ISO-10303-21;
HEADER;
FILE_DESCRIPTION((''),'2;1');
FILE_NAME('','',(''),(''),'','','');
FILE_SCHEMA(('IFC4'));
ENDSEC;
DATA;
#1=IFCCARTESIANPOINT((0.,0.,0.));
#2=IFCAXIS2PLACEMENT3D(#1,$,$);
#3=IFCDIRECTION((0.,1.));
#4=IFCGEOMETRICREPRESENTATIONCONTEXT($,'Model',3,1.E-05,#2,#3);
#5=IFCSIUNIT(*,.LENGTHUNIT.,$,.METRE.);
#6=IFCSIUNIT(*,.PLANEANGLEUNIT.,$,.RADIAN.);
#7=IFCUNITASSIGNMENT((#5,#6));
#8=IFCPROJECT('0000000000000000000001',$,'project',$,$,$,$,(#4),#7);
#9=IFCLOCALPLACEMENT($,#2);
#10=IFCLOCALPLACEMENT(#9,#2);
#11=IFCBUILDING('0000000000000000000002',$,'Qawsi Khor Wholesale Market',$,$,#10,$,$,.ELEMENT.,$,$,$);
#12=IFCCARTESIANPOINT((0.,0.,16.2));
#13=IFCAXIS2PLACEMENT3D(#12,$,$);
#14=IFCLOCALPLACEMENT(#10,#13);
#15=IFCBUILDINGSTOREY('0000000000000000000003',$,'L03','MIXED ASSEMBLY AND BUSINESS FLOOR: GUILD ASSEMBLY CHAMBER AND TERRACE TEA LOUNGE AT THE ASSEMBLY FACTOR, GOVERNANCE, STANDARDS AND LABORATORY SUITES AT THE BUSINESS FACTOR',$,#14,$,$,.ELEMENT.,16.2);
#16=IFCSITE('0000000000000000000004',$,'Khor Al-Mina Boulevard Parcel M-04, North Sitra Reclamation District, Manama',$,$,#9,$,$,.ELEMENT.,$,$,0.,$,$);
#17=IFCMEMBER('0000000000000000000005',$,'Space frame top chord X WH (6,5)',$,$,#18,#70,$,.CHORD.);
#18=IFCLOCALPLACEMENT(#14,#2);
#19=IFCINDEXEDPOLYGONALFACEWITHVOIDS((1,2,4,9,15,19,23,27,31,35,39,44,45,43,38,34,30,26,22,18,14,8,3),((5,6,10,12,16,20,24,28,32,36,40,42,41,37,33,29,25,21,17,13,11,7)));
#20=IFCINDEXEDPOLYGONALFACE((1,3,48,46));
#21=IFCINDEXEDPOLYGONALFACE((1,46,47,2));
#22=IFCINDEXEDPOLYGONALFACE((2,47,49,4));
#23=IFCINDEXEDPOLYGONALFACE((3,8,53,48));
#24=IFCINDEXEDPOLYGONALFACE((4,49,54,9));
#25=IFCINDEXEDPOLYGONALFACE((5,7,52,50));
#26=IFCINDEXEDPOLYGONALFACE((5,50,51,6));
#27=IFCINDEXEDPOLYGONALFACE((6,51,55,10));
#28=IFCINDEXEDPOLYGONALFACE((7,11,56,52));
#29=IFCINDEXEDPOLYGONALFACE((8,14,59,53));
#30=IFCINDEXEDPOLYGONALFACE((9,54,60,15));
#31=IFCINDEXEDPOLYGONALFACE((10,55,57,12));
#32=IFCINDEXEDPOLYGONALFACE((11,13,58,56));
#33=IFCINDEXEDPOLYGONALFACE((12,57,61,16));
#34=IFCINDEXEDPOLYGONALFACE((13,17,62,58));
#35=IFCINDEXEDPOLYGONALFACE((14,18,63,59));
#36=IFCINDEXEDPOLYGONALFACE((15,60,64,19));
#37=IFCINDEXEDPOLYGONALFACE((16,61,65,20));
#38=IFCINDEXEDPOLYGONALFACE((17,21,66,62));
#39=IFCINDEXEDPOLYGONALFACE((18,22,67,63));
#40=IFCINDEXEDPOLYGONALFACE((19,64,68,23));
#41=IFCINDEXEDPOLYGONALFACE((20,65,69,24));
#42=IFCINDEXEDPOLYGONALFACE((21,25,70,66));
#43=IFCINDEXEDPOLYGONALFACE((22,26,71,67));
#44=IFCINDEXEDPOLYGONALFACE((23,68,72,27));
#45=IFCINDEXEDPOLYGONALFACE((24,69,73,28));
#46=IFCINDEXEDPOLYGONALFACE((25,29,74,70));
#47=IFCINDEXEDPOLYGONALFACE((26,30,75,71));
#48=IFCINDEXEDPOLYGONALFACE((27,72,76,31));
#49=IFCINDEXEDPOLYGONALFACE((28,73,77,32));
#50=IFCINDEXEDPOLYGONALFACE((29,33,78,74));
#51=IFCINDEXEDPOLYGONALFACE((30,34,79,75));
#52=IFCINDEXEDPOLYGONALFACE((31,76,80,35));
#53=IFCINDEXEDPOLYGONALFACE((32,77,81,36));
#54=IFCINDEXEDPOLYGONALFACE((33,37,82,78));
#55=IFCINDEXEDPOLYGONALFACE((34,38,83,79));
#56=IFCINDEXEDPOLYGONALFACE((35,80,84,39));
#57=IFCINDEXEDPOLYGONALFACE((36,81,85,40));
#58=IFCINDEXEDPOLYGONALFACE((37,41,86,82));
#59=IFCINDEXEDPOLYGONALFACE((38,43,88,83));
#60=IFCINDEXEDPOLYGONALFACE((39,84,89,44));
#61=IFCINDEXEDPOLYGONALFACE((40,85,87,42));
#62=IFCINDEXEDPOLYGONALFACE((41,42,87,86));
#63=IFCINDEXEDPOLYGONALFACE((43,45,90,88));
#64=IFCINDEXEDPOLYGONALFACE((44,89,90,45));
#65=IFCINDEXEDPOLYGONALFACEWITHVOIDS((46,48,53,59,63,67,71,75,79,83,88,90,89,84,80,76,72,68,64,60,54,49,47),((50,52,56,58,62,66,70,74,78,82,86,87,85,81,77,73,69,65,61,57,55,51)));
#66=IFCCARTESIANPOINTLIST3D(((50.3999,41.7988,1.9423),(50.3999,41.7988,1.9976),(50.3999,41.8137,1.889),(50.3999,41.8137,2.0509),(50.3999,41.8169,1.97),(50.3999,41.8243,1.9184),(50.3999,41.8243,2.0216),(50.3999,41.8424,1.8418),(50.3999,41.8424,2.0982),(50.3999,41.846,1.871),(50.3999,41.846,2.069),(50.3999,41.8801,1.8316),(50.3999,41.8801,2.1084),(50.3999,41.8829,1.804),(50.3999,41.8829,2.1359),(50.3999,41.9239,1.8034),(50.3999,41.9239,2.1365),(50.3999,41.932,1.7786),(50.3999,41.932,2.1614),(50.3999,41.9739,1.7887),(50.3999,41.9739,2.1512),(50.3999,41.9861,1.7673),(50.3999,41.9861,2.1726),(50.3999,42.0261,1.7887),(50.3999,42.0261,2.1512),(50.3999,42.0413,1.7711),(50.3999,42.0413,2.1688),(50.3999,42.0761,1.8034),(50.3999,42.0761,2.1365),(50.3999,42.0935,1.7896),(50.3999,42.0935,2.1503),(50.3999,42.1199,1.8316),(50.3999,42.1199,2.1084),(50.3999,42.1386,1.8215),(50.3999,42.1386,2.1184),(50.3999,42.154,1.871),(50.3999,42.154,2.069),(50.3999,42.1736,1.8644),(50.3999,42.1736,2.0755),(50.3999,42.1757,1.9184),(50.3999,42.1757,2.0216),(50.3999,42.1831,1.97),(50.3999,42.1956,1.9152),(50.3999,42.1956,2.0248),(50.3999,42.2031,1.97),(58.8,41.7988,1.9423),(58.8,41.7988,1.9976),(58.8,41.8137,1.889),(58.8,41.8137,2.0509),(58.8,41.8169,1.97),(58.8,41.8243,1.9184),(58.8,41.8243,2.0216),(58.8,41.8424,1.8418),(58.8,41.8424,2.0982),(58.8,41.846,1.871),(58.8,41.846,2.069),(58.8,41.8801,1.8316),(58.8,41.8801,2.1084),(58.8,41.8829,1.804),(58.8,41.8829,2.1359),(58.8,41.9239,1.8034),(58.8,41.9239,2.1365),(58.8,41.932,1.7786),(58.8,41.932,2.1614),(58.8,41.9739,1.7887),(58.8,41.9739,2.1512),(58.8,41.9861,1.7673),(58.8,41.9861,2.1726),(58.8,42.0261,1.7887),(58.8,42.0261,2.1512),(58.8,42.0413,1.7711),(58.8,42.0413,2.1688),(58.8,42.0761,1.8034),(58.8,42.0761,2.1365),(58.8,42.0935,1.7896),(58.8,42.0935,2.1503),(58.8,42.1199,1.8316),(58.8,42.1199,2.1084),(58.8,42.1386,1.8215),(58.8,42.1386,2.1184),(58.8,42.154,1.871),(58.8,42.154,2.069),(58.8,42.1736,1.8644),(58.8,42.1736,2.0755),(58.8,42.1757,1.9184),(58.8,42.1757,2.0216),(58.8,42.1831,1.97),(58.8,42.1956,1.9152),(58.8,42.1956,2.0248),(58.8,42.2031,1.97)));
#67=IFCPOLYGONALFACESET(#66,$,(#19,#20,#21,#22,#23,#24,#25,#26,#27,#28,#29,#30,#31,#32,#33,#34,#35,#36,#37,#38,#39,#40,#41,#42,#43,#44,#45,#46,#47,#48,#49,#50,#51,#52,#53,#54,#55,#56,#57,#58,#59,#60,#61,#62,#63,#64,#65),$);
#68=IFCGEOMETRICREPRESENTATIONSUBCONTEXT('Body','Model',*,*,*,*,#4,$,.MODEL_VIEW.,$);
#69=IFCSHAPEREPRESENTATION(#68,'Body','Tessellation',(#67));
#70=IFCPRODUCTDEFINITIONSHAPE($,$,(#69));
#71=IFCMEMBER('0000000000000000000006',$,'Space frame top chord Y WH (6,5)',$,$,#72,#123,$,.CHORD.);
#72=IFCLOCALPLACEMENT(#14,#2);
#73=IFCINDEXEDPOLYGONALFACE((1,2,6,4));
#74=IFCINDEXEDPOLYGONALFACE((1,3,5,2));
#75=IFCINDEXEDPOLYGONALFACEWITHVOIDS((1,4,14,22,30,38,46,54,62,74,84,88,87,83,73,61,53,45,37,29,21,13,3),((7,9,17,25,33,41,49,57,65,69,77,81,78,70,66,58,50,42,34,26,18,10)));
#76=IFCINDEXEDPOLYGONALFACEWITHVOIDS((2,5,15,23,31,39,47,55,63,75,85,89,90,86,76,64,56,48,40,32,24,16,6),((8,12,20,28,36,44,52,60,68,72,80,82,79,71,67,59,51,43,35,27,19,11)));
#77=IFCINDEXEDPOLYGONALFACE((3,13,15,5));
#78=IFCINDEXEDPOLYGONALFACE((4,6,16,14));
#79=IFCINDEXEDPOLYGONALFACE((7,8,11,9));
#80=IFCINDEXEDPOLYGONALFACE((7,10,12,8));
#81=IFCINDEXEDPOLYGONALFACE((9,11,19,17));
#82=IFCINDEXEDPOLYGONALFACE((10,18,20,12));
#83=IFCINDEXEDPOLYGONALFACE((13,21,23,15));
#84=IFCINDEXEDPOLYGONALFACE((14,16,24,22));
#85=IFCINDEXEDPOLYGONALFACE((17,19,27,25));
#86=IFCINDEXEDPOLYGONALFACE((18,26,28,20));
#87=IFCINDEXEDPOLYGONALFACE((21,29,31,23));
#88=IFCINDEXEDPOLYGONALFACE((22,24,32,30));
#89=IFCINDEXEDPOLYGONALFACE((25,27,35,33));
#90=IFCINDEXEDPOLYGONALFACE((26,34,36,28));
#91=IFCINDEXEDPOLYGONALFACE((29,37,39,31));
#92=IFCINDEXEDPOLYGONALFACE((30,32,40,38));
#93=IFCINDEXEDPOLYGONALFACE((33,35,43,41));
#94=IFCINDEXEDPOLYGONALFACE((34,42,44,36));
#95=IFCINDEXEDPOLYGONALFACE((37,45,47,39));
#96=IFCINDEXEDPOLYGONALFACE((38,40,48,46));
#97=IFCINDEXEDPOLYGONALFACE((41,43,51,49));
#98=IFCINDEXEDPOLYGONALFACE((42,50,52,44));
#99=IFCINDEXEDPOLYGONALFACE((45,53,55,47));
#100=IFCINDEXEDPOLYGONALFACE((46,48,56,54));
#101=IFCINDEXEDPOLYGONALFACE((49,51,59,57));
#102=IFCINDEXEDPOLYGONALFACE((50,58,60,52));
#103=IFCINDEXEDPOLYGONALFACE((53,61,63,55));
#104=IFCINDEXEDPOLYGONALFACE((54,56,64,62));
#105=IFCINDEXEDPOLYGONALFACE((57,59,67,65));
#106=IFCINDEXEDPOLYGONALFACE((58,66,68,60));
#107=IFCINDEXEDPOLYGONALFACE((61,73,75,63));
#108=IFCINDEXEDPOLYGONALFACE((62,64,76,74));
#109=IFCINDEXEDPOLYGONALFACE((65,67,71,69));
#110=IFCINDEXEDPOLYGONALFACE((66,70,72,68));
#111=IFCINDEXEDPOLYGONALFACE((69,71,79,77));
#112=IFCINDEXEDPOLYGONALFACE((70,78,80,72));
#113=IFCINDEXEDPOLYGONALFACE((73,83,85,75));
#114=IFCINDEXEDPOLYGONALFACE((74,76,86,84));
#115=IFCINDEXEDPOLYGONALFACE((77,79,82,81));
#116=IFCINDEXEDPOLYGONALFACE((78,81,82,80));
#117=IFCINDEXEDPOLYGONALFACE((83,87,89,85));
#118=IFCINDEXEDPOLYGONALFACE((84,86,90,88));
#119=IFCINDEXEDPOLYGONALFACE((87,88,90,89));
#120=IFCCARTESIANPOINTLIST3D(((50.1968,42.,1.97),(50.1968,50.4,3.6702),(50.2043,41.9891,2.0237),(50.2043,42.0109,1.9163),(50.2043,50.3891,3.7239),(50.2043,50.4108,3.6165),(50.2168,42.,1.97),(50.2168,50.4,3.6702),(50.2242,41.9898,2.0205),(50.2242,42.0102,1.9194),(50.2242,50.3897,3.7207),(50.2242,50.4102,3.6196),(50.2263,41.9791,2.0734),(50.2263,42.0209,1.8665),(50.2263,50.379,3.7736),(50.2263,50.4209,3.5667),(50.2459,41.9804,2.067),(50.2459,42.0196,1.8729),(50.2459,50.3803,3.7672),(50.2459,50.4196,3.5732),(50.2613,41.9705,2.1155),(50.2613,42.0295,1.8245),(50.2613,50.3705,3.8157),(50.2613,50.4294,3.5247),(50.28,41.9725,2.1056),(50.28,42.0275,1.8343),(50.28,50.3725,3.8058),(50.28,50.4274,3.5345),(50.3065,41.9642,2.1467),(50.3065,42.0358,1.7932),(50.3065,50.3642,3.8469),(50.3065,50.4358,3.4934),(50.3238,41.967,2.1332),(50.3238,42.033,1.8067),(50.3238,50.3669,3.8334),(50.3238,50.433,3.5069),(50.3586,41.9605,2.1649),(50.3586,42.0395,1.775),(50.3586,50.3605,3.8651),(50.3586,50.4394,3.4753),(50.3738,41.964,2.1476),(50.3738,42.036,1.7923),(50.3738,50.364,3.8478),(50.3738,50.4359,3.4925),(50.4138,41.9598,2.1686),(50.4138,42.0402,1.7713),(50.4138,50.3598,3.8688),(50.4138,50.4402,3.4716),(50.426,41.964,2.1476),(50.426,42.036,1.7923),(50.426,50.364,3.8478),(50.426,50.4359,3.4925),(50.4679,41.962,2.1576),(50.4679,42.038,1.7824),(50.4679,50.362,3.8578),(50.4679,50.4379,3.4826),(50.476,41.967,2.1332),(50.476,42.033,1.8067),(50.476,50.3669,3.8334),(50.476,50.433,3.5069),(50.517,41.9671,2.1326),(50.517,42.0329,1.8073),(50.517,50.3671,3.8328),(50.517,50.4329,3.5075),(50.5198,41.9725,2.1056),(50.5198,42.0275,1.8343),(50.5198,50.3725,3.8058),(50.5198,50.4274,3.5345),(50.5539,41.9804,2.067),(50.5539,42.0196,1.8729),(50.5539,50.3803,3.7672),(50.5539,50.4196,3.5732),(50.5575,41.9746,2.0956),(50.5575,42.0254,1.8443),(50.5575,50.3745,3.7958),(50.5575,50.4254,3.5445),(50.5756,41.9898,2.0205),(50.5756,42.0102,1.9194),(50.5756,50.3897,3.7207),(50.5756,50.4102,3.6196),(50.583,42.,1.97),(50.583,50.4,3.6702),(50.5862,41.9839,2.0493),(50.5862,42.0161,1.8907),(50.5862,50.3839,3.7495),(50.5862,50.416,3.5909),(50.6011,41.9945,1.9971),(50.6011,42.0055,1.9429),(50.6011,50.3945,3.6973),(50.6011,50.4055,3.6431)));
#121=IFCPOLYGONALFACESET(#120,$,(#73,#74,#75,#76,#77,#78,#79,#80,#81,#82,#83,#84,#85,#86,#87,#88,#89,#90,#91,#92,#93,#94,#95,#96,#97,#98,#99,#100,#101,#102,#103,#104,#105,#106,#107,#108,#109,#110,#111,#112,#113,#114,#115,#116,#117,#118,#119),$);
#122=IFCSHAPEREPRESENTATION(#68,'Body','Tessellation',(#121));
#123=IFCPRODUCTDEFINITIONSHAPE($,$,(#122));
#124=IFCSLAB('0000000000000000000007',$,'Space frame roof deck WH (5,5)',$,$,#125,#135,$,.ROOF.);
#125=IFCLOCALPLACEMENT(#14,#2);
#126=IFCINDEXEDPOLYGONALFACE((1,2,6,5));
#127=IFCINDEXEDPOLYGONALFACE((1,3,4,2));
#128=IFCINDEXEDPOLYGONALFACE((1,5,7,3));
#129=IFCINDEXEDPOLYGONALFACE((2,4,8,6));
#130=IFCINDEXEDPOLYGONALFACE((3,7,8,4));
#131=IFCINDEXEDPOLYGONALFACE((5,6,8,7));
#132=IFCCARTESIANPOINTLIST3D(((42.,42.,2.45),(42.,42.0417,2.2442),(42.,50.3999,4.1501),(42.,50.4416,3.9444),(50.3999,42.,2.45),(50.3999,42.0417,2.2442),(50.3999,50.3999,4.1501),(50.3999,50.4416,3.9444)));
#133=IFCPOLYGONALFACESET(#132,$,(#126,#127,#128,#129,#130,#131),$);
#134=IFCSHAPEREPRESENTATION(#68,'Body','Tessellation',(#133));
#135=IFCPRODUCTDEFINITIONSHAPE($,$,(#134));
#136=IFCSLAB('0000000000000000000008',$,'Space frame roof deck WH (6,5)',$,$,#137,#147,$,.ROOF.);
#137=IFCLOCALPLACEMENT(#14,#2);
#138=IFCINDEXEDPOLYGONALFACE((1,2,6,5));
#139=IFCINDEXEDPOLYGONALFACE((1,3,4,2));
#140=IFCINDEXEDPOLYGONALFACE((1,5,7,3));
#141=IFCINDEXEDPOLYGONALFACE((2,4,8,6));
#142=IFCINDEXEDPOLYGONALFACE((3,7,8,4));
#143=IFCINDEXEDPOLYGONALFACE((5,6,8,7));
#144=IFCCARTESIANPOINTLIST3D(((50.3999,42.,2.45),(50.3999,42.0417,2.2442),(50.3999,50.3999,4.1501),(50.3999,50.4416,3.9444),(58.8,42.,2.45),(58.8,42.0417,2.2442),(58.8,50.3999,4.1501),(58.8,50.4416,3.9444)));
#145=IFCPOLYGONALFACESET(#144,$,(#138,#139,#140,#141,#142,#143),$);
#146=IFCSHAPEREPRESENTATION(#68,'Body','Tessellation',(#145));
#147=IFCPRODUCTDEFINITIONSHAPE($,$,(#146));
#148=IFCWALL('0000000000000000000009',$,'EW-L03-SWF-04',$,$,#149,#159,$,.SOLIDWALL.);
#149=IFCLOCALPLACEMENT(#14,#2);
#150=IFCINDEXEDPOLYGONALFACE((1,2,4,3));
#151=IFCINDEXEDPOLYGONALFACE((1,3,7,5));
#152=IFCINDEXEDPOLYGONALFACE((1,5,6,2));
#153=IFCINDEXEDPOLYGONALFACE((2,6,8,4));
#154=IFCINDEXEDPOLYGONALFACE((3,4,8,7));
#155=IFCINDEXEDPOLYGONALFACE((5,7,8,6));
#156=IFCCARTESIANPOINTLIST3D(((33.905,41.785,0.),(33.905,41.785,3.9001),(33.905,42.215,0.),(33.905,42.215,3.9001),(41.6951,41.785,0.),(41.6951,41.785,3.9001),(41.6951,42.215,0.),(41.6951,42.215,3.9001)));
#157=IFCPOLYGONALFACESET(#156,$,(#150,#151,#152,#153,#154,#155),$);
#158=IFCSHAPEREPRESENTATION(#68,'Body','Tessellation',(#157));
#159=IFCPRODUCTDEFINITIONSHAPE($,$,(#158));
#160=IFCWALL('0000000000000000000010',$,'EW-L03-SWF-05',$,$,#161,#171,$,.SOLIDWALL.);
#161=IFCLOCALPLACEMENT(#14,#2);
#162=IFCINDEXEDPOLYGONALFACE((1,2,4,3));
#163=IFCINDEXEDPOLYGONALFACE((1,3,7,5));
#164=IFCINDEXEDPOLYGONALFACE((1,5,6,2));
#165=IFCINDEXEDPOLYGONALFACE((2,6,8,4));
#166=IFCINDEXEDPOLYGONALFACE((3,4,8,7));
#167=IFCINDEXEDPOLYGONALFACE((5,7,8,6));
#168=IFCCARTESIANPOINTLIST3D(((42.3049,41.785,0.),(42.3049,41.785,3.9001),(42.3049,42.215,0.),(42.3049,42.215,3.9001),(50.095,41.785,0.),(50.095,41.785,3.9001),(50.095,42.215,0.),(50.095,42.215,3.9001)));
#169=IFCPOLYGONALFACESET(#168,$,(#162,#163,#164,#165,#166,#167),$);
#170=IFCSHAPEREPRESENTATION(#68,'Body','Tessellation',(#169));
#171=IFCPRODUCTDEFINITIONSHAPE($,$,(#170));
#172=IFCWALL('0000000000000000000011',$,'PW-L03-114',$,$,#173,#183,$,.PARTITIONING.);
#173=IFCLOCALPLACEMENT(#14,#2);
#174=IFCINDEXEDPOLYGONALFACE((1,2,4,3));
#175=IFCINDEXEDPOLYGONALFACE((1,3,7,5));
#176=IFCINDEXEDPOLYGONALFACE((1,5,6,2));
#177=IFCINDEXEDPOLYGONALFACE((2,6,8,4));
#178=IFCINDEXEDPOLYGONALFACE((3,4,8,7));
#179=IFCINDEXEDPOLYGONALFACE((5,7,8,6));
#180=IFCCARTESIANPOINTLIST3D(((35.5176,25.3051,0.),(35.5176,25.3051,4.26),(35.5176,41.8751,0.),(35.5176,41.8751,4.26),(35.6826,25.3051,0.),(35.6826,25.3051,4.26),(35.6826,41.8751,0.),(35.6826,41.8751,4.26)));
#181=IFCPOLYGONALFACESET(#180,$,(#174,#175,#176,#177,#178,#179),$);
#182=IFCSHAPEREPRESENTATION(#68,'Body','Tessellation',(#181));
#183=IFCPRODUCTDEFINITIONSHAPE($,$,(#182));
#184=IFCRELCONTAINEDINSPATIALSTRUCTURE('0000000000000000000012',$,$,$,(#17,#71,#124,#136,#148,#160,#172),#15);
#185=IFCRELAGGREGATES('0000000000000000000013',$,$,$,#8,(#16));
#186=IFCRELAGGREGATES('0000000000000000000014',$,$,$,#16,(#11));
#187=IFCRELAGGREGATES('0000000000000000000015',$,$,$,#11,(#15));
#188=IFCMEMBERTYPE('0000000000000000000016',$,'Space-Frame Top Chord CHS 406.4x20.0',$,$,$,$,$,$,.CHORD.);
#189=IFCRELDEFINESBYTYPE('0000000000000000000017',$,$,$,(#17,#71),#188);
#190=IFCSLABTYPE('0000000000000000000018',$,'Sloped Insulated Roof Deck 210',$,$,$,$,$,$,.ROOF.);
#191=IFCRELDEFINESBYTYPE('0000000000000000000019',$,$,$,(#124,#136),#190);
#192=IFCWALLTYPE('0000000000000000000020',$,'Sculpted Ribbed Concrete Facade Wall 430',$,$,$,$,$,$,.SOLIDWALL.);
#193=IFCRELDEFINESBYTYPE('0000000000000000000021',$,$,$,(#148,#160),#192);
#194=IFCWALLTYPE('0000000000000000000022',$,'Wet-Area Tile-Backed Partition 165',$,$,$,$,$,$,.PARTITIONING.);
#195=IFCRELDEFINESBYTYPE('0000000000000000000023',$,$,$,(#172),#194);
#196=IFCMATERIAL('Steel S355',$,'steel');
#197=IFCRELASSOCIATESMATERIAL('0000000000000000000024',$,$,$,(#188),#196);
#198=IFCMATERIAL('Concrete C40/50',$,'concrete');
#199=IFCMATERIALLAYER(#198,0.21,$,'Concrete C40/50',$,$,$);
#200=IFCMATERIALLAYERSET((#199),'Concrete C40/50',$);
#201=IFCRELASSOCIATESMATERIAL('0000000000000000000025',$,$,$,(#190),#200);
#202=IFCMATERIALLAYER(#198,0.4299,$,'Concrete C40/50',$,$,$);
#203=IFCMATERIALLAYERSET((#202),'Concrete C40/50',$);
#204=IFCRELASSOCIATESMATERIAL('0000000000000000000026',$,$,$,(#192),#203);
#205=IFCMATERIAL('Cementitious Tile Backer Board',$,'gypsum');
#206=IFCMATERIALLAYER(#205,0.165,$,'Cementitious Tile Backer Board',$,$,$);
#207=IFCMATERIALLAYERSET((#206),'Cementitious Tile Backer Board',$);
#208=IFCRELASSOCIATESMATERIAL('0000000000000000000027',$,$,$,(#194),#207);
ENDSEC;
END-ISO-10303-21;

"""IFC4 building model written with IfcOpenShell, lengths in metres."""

from ifc_helpers import new_model, si_unit, direction, frame, frame_2d, origin, origin_2d, place, context, subcontext, project, spatial, polyline, rectangle, hollow_circle, outline, extrude, material, layer, layer_set, material_profile, profile_set, type_object, element, save


model = new_model("IFC4")

# Units and contexts
model_context = context("Model", 3, precision=1e-05, world=origin(), true_north=direction((0.0, 1.0)))
body_context = subcontext(model_context, "Body", "Model", "MODEL_VIEW")
ifc_project = project(units=[si_unit("LENGTHUNIT", "METRE"), si_unit("PLANEANGLEUNIT", "RADIAN")], contexts=[model_context])

# Site, building, storey
site_placement = place(None, origin())
site = spatial("IfcSite", under=ifc_project, at=site_placement, Name="Khor Al-Mina Boulevard Parcel M-04, North Sitra Reclamation District, Manama", CompositionType="ELEMENT", RefElevation=0.0)
building_placement = place(site_placement, origin())
building = spatial("IfcBuilding", under=site, at=building_placement, Name="Qawsi Khor Wholesale Market", CompositionType="ELEMENT")
storey_placement = place(building_placement, frame((0.0, 0.0, 16.2)))
storey = spatial("IfcBuildingStorey", under=building, at=storey_placement, Name="L03", Description="MIXED ASSEMBLY AND BUSINESS FLOOR: GUILD ASSEMBLY CHAMBER AND TERRACE TEA LOUNGE AT THE ASSEMBLY FACTOR, GOVERNANCE, STANDARDS AND LABORATORY SUITES AT THE BUSINESS FACTOR", CompositionType="ELEMENT", Elevation=16.2)

# Shared definitions
ifc_material_1 = material(Name="Concrete C40/50", Category="concrete")

# Shared definitions
ifc_material_2 = material(Name="Steel S355", Category="steel")

# Members
ifc_material_profile_1 = material_profile(ifc_material_2, hollow_circle(Radius=0.2031, WallThickness=0.02, at=origin_2d()), Name="CHS 406.4x20.0")
ifc_profile_set_1 = profile_set([ifc_material_profile_1], Name="Steel S355")
member_type_1 = type_object("IfcMemberType", Name="Space-Frame Top Chord CHS 406.4x20.0", PredefinedType="CHORD", material=ifc_profile_set_1)
member_1_placement = place(storey_placement, frame((50.3999, 42.0, 1.97), z_axis=(1.0, 0.0, 0.0), x_axis=(0.0, 1.0, 0.0)))
element("IfcMember", 1, at=member_1_placement, inside=storey, type_object=member_type_1, Name="Space frame top chord X WH (6,5)", PredefinedType="CHORD", context=body_context, shape_type="SweptSolid", body=[
    extrude(hollow_circle(Radius=0.2031, WallThickness=0.02, at=origin_2d()), origin(), (0.0, 0.0, 1.0), 8.4001),
])
member_2_placement = place(storey_placement, frame((50.3999, 42.0, 1.97), z_axis=(0.0, 0.980124, 0.198384), x_axis=(-1.0, 0.0, 0.0)))
element("IfcMember", 2, at=member_2_placement, inside=storey, type_object=member_type_1, Name="Space frame top chord Y WH (6,5)", PredefinedType="CHORD", context=body_context, shape_type="SweptSolid", body=[
    extrude(hollow_circle(Radius=0.2031, WallThickness=0.02, at=origin_2d()), origin(), (0.0, 0.0, 1.0), 8.5703),
])

# Slabs
ifc_layer_1 = layer(ifc_material_1, 0.21, Name="Concrete C40/50")
ifc_layer_set_1 = layer_set([ifc_layer_1], Name="Concrete C40/50")
slab_type = type_object("IfcSlabType", Name="Sloped Insulated Roof Deck 210", PredefinedType="ROOF", material=ifc_layer_set_1)
slab_1_placement = place(storey_placement, frame((42.0, 42.0, 2.45), z_axis=(0.0, -0.198384, 0.980124), x_axis=(1.0, 0.0, 0.0)))
element("IfcSlab", 3, at=slab_1_placement, inside=storey, type_object=slab_type, Name="Space frame roof deck WH (5,5)", PredefinedType="ROOF", context=body_context, shape_type="SweptSolid", body=[
    extrude(outline(polyline([(0.0, 0.0), (8.3999, 0.0), (8.3999, 8.5702), (0.0, 8.5702), (0.0, 0.0)])), origin(), (0.0, 0.0, -1.0), 0.21),
])
slab_2_placement = place(storey_placement, frame((50.3999, 42.0, 2.45), z_axis=(0.0, -0.198384, 0.980124), x_axis=(1.0, 0.0, 0.0)))
element("IfcSlab", 4, at=slab_2_placement, inside=storey, type_object=slab_type, Name="Space frame roof deck WH (6,5)", PredefinedType="ROOF", context=body_context, shape_type="SweptSolid", body=[
    extrude(outline(polyline([(0.0, 0.0), (8.4001, 0.0), (8.4001, 8.5702), (0.0, 8.5702), (0.0, 0.0)])), origin(), (0.0, 0.0, -1.0), 0.21),
])

# Walls
ifc_layer_2 = layer(ifc_material_1, 0.4299, Name="Concrete C40/50")
ifc_layer_set_2 = layer_set([ifc_layer_2], Name="Concrete C40/50")
wall_type_1 = type_object("IfcWallType", Name="Sculpted Ribbed Concrete Facade Wall 430", PredefinedType="SOLIDWALL", material=ifc_layer_set_2)
for number, where, z_axis, x_axis, name in (
    (5, (33.905, 42.0, 0.0), (0.0, 0.0, 1.0), (1.0, 0.0, 0.0), "EW-L03-SWF-04"),
    (6, (42.3049, 42.0, 0.0), (0.0, 0.0, 1.0), (1.0, 0.0, 0.0), "EW-L03-SWF-05"),
):
    element("IfcWall", number, at=place(storey_placement, frame(where, z_axis=z_axis, x_axis=x_axis)), inside=storey, type_object=wall_type_1, Name=name, PredefinedType="SOLIDWALL", context=body_context, shape_type="SweptSolid", body=[
        extrude(rectangle(XDim=7.79, YDim=0.4299, at=frame_2d((3.895, 0.0))), origin(), (0.0, 0.0, 1.0), 3.9001),
    ])
ifc_material_3 = material(Name="Cementitious Tile Backer Board", Category="gypsum")
ifc_layer_3 = layer(ifc_material_3, 0.165, Name="Cementitious Tile Backer Board")
ifc_layer_set_3 = layer_set([ifc_layer_3], Name="Cementitious Tile Backer Board")
wall_type_2 = type_object("IfcWallType", Name="Wet-Area Tile-Backed Partition 165", PredefinedType="PARTITIONING", material=ifc_layer_set_3)
wall_placement = place(storey_placement, frame((35.6001, 25.3049, 0.0), z_axis=(0.0, 0.0, 1.0), x_axis=(0.0, 1.0, 0.0)))
element("IfcWall", 7, at=wall_placement, inside=storey, type_object=wall_type_2, Name="PW-L03-114", PredefinedType="PARTITIONING", context=body_context, shape_type="SweptSolid", body=[
    extrude(rectangle(XDim=16.5701, YDim=0.165, at=frame_2d((8.2852, 0.0))), origin(), (0.0, 0.0, 1.0), 4.26),
])

save(model, "model.ifc")
